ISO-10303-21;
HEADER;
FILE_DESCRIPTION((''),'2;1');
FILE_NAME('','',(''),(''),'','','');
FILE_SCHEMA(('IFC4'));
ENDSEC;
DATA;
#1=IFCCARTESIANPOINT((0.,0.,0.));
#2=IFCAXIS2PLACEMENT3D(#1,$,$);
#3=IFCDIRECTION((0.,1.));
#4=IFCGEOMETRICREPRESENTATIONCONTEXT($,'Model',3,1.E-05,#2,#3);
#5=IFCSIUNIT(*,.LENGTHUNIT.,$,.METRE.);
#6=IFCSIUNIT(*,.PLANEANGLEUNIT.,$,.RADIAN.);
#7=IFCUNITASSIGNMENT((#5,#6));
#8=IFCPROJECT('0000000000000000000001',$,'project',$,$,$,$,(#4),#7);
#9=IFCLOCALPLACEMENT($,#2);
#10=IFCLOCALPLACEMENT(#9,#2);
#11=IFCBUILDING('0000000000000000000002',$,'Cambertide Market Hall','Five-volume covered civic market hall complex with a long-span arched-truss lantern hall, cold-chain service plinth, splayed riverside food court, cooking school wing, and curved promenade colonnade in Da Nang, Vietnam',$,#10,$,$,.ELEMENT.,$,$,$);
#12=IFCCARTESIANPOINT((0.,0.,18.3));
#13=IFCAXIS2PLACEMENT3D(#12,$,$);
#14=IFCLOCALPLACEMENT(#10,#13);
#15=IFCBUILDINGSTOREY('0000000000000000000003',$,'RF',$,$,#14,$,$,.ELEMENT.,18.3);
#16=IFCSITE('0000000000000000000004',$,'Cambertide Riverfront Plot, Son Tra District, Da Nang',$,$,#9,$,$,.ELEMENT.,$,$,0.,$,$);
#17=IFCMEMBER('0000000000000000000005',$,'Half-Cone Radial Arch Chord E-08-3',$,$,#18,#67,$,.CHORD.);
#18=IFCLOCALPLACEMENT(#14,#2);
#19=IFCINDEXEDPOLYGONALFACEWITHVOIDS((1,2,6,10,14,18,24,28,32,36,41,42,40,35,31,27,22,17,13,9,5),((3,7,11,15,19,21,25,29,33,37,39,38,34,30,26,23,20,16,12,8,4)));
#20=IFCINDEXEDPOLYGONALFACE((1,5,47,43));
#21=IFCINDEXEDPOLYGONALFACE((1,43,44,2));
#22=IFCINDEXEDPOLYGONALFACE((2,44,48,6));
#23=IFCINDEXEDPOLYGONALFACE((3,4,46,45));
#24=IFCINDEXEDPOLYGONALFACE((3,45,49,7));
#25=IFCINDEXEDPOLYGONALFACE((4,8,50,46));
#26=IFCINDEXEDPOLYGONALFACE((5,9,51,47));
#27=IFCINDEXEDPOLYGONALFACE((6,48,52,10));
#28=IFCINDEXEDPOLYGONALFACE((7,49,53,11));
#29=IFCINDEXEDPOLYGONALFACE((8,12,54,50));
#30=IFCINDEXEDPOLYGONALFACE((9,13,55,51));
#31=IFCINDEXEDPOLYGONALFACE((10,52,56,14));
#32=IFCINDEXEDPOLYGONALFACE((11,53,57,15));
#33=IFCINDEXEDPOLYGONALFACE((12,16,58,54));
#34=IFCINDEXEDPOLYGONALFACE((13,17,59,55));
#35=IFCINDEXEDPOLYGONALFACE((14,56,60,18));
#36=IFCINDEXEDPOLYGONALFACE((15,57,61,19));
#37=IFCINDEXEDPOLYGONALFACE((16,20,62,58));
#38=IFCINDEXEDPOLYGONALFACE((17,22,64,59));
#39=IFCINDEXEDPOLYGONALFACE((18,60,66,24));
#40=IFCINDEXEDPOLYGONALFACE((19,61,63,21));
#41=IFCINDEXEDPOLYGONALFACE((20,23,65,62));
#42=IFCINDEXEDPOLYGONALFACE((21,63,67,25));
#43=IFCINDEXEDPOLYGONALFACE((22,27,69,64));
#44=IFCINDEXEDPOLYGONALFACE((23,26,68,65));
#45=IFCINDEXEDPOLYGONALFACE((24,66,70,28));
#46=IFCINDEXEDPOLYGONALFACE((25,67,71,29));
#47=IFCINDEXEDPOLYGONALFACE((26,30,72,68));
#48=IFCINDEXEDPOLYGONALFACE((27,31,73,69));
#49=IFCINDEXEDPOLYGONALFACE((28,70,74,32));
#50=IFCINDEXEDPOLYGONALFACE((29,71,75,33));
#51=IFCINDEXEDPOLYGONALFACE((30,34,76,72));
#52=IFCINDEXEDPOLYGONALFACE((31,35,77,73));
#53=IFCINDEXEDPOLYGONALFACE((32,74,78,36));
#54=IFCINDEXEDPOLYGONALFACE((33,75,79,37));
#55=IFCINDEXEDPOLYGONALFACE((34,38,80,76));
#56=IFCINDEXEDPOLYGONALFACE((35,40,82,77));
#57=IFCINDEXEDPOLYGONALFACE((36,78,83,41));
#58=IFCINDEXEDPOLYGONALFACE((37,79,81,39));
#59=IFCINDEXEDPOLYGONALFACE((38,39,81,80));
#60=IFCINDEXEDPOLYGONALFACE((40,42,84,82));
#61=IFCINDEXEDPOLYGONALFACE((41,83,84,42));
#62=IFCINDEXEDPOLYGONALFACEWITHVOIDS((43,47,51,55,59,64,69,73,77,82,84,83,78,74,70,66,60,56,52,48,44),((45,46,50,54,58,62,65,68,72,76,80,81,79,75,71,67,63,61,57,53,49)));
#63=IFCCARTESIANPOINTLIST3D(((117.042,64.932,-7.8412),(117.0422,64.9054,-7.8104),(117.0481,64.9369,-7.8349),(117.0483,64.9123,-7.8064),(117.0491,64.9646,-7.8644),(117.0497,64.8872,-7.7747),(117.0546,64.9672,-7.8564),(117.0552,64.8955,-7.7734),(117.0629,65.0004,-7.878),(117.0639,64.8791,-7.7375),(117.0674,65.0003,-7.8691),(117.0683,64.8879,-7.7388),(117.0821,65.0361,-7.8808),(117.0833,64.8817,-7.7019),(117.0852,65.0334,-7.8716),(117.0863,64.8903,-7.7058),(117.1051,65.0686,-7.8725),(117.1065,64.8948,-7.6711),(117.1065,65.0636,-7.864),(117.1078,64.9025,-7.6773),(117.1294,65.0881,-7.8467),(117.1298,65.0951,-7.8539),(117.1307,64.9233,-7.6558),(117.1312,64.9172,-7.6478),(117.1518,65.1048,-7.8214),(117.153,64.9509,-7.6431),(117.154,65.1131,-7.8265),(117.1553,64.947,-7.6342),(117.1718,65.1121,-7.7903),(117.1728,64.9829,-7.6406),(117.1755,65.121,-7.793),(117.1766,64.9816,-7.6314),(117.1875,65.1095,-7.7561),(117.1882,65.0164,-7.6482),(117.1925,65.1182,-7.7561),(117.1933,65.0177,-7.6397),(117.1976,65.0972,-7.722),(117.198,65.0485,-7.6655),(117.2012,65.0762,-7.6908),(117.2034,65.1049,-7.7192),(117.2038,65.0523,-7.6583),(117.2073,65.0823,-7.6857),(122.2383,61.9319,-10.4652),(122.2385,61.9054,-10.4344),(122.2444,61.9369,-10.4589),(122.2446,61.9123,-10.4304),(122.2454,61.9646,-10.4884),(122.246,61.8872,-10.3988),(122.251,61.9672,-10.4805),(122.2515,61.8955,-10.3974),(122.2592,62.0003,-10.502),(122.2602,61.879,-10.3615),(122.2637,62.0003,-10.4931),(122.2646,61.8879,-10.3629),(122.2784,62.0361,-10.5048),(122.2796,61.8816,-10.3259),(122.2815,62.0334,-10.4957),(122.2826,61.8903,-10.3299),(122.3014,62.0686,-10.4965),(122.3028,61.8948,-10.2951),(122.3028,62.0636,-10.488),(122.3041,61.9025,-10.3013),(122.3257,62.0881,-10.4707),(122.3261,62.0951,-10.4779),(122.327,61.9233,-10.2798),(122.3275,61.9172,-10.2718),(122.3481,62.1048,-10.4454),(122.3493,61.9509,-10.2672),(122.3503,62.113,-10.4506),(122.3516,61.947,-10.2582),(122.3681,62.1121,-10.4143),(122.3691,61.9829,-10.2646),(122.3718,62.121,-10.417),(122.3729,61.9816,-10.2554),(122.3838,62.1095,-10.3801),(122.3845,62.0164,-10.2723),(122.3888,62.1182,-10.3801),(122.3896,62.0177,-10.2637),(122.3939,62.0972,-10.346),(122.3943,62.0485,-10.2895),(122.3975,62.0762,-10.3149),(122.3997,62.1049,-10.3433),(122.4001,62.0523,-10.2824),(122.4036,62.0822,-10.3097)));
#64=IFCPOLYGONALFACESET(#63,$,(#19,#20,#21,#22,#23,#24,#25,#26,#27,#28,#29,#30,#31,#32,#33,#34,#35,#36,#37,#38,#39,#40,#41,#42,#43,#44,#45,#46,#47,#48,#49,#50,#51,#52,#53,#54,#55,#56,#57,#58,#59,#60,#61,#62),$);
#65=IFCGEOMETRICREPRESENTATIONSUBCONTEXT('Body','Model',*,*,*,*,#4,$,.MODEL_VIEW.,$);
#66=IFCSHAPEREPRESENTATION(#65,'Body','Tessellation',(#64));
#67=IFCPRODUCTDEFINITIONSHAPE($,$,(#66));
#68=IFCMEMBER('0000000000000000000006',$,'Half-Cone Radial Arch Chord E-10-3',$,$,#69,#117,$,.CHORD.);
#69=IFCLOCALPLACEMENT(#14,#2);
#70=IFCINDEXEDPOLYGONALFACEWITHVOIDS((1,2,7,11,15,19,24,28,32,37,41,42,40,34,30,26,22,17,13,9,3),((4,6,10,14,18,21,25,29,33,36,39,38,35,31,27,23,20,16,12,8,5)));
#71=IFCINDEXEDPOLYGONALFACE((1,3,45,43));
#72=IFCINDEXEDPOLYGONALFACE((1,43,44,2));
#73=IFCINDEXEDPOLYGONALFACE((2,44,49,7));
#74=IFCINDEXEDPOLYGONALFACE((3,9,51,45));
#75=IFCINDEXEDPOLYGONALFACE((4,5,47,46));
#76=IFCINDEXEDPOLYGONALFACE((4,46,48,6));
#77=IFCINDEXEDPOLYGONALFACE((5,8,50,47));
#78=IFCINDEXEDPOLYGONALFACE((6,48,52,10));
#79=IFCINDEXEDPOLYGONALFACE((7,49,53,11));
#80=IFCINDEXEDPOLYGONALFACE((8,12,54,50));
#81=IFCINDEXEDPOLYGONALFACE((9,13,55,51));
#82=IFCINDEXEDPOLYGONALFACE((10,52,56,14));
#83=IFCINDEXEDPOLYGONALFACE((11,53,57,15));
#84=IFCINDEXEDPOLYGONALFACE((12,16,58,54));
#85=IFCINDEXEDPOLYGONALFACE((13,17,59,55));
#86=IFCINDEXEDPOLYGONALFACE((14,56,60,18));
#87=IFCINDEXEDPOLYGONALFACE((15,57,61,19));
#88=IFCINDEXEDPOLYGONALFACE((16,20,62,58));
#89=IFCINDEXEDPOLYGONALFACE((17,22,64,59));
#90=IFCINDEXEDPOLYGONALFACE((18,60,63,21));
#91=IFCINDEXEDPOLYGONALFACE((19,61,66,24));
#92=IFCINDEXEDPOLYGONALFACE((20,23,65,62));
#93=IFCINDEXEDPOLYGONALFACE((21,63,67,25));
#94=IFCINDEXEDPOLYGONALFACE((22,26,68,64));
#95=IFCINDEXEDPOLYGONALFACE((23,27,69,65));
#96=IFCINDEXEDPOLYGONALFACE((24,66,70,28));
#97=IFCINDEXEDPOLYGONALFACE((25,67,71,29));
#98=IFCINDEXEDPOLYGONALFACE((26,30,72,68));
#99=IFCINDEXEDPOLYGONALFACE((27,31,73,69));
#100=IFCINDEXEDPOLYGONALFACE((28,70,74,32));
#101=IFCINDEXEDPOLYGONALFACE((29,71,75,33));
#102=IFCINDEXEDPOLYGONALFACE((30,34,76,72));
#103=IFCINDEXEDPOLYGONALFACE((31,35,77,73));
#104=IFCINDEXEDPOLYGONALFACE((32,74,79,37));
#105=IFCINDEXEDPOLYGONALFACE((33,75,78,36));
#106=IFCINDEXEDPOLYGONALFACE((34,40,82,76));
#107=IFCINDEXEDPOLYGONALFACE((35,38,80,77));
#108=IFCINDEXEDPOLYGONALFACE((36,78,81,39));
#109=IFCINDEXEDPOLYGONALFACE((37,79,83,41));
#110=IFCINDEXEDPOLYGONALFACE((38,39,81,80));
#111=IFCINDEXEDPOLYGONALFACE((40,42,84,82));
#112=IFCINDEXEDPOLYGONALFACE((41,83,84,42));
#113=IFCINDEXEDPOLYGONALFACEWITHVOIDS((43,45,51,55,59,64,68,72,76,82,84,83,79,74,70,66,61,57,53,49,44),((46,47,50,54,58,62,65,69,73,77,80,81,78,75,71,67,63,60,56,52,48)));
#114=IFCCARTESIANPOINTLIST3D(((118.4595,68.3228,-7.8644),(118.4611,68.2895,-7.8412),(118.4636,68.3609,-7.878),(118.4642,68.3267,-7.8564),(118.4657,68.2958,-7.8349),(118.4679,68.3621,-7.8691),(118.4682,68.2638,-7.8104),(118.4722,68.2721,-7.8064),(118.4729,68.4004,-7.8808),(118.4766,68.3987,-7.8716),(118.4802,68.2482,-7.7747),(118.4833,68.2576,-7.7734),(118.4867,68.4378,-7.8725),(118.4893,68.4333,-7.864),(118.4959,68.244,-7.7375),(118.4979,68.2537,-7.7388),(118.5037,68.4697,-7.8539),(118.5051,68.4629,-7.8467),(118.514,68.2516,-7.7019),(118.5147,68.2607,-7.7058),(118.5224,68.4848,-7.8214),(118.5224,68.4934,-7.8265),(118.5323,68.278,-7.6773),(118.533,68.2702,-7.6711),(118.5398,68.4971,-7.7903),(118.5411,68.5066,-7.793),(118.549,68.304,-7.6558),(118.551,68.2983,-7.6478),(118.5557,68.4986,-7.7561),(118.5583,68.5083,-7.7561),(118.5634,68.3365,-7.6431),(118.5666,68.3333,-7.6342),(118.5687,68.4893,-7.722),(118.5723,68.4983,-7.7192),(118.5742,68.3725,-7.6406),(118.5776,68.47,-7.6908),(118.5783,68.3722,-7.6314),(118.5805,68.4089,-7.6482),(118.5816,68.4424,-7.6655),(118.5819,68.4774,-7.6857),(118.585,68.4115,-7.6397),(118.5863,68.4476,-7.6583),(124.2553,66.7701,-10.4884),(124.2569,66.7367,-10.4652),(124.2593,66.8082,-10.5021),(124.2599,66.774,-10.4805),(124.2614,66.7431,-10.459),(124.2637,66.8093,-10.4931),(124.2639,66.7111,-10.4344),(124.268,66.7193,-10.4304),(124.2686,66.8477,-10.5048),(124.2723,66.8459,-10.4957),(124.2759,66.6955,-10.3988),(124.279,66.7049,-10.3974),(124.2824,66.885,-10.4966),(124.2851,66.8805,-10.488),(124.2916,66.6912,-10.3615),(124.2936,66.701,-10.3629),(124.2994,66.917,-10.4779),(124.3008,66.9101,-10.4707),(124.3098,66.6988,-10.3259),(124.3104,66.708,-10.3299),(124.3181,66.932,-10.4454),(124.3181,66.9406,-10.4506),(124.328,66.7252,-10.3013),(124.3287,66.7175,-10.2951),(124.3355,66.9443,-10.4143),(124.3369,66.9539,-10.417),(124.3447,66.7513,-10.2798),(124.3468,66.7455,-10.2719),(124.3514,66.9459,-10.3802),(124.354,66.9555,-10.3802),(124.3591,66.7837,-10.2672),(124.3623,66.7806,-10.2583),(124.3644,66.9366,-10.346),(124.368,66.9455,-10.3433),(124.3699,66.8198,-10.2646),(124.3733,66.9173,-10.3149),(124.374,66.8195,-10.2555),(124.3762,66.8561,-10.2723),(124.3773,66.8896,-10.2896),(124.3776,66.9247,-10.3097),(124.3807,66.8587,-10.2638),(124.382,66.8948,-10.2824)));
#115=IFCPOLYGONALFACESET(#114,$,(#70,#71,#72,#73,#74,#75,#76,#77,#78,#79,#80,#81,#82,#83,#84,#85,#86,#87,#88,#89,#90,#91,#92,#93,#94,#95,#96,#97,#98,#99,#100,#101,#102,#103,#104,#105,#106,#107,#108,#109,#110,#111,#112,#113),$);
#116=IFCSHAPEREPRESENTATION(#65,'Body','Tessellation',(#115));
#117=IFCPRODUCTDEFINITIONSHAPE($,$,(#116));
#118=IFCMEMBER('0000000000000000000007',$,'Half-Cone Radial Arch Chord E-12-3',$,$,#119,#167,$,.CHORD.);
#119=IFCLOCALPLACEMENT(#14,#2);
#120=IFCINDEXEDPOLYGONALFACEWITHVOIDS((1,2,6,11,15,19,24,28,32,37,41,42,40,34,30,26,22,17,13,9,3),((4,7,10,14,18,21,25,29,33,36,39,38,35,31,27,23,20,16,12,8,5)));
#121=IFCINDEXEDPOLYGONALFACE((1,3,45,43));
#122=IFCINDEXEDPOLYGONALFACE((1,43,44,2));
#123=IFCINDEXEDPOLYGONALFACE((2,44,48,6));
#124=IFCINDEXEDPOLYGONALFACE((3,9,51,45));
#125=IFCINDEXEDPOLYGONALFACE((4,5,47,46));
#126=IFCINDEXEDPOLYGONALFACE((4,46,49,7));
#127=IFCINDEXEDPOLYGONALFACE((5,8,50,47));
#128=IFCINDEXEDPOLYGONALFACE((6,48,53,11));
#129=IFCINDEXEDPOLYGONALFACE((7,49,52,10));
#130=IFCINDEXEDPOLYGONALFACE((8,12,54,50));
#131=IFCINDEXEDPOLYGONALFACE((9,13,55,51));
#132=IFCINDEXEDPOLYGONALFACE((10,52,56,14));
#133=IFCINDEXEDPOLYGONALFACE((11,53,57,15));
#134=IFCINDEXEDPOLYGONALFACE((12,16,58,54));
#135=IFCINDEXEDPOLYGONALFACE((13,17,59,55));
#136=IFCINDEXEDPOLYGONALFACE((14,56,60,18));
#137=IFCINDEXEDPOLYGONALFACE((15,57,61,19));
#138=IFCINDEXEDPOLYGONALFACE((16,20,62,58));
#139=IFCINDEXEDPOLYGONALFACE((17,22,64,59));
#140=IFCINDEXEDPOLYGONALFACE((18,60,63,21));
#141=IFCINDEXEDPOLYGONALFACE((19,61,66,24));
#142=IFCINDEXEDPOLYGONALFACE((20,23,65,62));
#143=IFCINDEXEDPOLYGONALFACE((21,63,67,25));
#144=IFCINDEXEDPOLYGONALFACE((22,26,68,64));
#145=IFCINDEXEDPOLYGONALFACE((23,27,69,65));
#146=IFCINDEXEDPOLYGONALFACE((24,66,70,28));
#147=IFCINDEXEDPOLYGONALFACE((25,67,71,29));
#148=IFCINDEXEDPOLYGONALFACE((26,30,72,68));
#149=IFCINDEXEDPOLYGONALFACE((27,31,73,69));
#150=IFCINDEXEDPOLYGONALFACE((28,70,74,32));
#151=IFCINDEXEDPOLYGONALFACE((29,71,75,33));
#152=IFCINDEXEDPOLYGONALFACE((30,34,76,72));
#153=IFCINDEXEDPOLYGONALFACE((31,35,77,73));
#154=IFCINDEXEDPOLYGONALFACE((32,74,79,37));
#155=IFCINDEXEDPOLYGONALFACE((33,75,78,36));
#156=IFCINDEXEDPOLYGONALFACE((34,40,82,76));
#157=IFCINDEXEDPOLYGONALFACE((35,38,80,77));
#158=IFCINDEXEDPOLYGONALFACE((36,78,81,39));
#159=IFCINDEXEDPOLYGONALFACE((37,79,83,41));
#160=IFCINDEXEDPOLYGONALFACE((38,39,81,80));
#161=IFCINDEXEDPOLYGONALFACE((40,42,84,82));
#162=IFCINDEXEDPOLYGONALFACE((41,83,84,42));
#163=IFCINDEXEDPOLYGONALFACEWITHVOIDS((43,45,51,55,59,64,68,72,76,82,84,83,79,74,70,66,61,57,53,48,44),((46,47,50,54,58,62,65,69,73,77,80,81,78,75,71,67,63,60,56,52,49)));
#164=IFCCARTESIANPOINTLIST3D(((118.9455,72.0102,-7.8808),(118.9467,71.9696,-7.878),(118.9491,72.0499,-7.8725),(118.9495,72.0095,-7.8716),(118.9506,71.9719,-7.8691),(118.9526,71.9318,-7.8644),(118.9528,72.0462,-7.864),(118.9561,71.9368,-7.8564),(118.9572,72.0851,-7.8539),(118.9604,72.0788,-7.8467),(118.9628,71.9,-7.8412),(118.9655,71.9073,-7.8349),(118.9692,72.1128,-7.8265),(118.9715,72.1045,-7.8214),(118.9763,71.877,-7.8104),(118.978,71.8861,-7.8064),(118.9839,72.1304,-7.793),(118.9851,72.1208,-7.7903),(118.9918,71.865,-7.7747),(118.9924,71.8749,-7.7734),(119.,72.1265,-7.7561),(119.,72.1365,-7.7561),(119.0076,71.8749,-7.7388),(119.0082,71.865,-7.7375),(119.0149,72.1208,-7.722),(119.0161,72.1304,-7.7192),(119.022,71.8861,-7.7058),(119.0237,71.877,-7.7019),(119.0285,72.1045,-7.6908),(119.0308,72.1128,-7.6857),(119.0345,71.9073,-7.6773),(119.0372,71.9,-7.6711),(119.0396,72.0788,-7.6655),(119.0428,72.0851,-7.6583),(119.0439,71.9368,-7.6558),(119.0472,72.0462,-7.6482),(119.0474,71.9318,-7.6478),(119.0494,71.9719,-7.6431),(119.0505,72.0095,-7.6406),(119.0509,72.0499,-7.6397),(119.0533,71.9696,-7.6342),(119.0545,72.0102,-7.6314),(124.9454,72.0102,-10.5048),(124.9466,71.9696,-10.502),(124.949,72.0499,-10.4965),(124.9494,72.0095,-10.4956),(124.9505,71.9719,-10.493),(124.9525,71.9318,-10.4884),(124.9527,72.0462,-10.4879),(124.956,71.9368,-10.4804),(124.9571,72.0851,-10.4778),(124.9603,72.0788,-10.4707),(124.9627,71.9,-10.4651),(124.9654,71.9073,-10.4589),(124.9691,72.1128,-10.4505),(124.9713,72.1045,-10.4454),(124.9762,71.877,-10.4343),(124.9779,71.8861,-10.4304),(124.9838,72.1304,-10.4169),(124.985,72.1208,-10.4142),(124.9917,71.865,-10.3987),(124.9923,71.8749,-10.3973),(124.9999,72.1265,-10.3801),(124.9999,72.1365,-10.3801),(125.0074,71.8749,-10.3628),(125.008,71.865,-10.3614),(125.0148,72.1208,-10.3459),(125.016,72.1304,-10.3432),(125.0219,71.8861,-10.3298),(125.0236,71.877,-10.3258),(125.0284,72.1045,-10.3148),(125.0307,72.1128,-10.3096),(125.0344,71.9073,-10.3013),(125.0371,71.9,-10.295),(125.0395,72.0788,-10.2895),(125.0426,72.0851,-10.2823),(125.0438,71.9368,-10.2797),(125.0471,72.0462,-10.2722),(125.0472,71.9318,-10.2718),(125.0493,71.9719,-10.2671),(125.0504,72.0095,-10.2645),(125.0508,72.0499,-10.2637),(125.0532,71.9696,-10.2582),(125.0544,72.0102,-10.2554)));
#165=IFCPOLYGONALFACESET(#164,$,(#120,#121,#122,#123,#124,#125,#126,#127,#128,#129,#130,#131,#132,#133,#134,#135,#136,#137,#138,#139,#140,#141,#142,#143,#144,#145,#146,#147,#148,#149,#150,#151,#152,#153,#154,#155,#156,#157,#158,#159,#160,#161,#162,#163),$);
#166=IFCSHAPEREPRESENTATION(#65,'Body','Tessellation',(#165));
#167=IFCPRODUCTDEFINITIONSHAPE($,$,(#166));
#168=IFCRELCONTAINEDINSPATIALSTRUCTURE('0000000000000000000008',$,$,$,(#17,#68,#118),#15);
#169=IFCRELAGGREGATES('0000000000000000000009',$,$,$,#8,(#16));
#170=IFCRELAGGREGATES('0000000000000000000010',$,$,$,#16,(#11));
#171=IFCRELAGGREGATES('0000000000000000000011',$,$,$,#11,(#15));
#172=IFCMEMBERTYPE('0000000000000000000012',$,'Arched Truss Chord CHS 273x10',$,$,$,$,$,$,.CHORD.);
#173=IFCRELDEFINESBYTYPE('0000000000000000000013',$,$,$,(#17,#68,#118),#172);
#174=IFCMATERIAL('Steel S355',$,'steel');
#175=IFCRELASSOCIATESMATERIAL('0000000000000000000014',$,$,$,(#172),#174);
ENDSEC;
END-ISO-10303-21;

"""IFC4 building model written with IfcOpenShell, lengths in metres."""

from ifc_helpers import new_model, si_unit, direction, frame, origin, origin_2d, place, context, subcontext, project, spatial, hollow_circle, extrude, material, material_profile, profile_set, type_object, element, save


model = new_model("IFC4")

# Units and contexts
model_context = context("Model", 3, precision=1e-05, world=origin(), true_north=direction((0.0, 1.0)))
body_context = subcontext(model_context, "Body", "Model", "MODEL_VIEW")
ifc_project = project(units=[si_unit("LENGTHUNIT", "METRE"), si_unit("PLANEANGLEUNIT", "RADIAN")], contexts=[model_context])

# Site, building, storey
site_placement = place(None, origin())
site = spatial("IfcSite", under=ifc_project, at=site_placement, Name="Cambertide Riverfront Plot, Son Tra District, Da Nang", CompositionType="ELEMENT", RefElevation=0.0)
building_placement = place(site_placement, origin())
building = spatial("IfcBuilding", under=site, at=building_placement, Name="Cambertide Market Hall", Description="Five-volume covered civic market hall complex with a long-span arched-truss lantern hall, cold-chain service plinth, splayed riverside food court, cooking school wing, and curved promenade colonnade in Da Nang, Vietnam", CompositionType="ELEMENT")
storey_placement = place(building_placement, frame((0.0, 0.0, 18.3)))
storey = spatial("IfcBuildingStorey", under=building, at=storey_placement, Name="RF", CompositionType="ELEMENT", Elevation=18.3)

# Members
ifc_material_1 = material(Name="Steel S355", Category="steel")
ifc_material_profile_1 = material_profile(ifc_material_1, hollow_circle(Radius=0.1365, WallThickness=0.01, at=origin_2d()), Name="CHS 273x10")
ifc_profile_set_1 = profile_set([ifc_material_profile_1], Name="Steel S355")
member_type_1 = type_object("IfcMemberType", Name="Arched Truss Chord CHS 273x10", PredefinedType="CHORD", material=ifc_profile_set_1)
for number, where, z_axis, x_axis, name in (
    (1, (117.1243, 65.0, -7.7561), (0.793471, -0.458098, -0.400687), (0.49999, 0.866031, 0.0), "Half-Cone Radial Arch Chord E-08-3"),
    (2, (118.5229, 68.3765, -7.7561), (0.885002, -0.237104, -0.400691), (0.258787, 0.965934, 0.0), "Half-Cone Radial Arch Chord E-10-3"),
):
    element("IfcMember", number, at=place(storey_placement, frame(where, z_axis=z_axis, x_axis=x_axis)), inside=storey, type_object=member_type_1, Name=name, PredefinedType="CHORD", context=body_context, shape_type="SweptSolid", body=[
        extrude(hollow_circle(Radius=0.1365, WallThickness=0.01, at=origin_2d()), origin(), (0.0, 0.0, 1.0), 6.5488),
    ])
member_1_placement = place(storey_placement, frame((119.0, 72.0, -7.7561), z_axis=(0.916212, 0.0, -0.400694), x_axis=(0.0, 1.0, 0.0)))
element("IfcMember", 3, at=member_1_placement, inside=storey, type_object=member_type_1, Name="Half-Cone Radial Arch Chord E-12-3", PredefinedType="CHORD", context=body_context, shape_type="SweptSolid", body=[
    extrude(hollow_circle(Radius=0.1365, WallThickness=0.01, at=origin_2d()), origin(), (0.0, 0.0, 1.0), 6.5486),
])

save(model, "model.ifc")
